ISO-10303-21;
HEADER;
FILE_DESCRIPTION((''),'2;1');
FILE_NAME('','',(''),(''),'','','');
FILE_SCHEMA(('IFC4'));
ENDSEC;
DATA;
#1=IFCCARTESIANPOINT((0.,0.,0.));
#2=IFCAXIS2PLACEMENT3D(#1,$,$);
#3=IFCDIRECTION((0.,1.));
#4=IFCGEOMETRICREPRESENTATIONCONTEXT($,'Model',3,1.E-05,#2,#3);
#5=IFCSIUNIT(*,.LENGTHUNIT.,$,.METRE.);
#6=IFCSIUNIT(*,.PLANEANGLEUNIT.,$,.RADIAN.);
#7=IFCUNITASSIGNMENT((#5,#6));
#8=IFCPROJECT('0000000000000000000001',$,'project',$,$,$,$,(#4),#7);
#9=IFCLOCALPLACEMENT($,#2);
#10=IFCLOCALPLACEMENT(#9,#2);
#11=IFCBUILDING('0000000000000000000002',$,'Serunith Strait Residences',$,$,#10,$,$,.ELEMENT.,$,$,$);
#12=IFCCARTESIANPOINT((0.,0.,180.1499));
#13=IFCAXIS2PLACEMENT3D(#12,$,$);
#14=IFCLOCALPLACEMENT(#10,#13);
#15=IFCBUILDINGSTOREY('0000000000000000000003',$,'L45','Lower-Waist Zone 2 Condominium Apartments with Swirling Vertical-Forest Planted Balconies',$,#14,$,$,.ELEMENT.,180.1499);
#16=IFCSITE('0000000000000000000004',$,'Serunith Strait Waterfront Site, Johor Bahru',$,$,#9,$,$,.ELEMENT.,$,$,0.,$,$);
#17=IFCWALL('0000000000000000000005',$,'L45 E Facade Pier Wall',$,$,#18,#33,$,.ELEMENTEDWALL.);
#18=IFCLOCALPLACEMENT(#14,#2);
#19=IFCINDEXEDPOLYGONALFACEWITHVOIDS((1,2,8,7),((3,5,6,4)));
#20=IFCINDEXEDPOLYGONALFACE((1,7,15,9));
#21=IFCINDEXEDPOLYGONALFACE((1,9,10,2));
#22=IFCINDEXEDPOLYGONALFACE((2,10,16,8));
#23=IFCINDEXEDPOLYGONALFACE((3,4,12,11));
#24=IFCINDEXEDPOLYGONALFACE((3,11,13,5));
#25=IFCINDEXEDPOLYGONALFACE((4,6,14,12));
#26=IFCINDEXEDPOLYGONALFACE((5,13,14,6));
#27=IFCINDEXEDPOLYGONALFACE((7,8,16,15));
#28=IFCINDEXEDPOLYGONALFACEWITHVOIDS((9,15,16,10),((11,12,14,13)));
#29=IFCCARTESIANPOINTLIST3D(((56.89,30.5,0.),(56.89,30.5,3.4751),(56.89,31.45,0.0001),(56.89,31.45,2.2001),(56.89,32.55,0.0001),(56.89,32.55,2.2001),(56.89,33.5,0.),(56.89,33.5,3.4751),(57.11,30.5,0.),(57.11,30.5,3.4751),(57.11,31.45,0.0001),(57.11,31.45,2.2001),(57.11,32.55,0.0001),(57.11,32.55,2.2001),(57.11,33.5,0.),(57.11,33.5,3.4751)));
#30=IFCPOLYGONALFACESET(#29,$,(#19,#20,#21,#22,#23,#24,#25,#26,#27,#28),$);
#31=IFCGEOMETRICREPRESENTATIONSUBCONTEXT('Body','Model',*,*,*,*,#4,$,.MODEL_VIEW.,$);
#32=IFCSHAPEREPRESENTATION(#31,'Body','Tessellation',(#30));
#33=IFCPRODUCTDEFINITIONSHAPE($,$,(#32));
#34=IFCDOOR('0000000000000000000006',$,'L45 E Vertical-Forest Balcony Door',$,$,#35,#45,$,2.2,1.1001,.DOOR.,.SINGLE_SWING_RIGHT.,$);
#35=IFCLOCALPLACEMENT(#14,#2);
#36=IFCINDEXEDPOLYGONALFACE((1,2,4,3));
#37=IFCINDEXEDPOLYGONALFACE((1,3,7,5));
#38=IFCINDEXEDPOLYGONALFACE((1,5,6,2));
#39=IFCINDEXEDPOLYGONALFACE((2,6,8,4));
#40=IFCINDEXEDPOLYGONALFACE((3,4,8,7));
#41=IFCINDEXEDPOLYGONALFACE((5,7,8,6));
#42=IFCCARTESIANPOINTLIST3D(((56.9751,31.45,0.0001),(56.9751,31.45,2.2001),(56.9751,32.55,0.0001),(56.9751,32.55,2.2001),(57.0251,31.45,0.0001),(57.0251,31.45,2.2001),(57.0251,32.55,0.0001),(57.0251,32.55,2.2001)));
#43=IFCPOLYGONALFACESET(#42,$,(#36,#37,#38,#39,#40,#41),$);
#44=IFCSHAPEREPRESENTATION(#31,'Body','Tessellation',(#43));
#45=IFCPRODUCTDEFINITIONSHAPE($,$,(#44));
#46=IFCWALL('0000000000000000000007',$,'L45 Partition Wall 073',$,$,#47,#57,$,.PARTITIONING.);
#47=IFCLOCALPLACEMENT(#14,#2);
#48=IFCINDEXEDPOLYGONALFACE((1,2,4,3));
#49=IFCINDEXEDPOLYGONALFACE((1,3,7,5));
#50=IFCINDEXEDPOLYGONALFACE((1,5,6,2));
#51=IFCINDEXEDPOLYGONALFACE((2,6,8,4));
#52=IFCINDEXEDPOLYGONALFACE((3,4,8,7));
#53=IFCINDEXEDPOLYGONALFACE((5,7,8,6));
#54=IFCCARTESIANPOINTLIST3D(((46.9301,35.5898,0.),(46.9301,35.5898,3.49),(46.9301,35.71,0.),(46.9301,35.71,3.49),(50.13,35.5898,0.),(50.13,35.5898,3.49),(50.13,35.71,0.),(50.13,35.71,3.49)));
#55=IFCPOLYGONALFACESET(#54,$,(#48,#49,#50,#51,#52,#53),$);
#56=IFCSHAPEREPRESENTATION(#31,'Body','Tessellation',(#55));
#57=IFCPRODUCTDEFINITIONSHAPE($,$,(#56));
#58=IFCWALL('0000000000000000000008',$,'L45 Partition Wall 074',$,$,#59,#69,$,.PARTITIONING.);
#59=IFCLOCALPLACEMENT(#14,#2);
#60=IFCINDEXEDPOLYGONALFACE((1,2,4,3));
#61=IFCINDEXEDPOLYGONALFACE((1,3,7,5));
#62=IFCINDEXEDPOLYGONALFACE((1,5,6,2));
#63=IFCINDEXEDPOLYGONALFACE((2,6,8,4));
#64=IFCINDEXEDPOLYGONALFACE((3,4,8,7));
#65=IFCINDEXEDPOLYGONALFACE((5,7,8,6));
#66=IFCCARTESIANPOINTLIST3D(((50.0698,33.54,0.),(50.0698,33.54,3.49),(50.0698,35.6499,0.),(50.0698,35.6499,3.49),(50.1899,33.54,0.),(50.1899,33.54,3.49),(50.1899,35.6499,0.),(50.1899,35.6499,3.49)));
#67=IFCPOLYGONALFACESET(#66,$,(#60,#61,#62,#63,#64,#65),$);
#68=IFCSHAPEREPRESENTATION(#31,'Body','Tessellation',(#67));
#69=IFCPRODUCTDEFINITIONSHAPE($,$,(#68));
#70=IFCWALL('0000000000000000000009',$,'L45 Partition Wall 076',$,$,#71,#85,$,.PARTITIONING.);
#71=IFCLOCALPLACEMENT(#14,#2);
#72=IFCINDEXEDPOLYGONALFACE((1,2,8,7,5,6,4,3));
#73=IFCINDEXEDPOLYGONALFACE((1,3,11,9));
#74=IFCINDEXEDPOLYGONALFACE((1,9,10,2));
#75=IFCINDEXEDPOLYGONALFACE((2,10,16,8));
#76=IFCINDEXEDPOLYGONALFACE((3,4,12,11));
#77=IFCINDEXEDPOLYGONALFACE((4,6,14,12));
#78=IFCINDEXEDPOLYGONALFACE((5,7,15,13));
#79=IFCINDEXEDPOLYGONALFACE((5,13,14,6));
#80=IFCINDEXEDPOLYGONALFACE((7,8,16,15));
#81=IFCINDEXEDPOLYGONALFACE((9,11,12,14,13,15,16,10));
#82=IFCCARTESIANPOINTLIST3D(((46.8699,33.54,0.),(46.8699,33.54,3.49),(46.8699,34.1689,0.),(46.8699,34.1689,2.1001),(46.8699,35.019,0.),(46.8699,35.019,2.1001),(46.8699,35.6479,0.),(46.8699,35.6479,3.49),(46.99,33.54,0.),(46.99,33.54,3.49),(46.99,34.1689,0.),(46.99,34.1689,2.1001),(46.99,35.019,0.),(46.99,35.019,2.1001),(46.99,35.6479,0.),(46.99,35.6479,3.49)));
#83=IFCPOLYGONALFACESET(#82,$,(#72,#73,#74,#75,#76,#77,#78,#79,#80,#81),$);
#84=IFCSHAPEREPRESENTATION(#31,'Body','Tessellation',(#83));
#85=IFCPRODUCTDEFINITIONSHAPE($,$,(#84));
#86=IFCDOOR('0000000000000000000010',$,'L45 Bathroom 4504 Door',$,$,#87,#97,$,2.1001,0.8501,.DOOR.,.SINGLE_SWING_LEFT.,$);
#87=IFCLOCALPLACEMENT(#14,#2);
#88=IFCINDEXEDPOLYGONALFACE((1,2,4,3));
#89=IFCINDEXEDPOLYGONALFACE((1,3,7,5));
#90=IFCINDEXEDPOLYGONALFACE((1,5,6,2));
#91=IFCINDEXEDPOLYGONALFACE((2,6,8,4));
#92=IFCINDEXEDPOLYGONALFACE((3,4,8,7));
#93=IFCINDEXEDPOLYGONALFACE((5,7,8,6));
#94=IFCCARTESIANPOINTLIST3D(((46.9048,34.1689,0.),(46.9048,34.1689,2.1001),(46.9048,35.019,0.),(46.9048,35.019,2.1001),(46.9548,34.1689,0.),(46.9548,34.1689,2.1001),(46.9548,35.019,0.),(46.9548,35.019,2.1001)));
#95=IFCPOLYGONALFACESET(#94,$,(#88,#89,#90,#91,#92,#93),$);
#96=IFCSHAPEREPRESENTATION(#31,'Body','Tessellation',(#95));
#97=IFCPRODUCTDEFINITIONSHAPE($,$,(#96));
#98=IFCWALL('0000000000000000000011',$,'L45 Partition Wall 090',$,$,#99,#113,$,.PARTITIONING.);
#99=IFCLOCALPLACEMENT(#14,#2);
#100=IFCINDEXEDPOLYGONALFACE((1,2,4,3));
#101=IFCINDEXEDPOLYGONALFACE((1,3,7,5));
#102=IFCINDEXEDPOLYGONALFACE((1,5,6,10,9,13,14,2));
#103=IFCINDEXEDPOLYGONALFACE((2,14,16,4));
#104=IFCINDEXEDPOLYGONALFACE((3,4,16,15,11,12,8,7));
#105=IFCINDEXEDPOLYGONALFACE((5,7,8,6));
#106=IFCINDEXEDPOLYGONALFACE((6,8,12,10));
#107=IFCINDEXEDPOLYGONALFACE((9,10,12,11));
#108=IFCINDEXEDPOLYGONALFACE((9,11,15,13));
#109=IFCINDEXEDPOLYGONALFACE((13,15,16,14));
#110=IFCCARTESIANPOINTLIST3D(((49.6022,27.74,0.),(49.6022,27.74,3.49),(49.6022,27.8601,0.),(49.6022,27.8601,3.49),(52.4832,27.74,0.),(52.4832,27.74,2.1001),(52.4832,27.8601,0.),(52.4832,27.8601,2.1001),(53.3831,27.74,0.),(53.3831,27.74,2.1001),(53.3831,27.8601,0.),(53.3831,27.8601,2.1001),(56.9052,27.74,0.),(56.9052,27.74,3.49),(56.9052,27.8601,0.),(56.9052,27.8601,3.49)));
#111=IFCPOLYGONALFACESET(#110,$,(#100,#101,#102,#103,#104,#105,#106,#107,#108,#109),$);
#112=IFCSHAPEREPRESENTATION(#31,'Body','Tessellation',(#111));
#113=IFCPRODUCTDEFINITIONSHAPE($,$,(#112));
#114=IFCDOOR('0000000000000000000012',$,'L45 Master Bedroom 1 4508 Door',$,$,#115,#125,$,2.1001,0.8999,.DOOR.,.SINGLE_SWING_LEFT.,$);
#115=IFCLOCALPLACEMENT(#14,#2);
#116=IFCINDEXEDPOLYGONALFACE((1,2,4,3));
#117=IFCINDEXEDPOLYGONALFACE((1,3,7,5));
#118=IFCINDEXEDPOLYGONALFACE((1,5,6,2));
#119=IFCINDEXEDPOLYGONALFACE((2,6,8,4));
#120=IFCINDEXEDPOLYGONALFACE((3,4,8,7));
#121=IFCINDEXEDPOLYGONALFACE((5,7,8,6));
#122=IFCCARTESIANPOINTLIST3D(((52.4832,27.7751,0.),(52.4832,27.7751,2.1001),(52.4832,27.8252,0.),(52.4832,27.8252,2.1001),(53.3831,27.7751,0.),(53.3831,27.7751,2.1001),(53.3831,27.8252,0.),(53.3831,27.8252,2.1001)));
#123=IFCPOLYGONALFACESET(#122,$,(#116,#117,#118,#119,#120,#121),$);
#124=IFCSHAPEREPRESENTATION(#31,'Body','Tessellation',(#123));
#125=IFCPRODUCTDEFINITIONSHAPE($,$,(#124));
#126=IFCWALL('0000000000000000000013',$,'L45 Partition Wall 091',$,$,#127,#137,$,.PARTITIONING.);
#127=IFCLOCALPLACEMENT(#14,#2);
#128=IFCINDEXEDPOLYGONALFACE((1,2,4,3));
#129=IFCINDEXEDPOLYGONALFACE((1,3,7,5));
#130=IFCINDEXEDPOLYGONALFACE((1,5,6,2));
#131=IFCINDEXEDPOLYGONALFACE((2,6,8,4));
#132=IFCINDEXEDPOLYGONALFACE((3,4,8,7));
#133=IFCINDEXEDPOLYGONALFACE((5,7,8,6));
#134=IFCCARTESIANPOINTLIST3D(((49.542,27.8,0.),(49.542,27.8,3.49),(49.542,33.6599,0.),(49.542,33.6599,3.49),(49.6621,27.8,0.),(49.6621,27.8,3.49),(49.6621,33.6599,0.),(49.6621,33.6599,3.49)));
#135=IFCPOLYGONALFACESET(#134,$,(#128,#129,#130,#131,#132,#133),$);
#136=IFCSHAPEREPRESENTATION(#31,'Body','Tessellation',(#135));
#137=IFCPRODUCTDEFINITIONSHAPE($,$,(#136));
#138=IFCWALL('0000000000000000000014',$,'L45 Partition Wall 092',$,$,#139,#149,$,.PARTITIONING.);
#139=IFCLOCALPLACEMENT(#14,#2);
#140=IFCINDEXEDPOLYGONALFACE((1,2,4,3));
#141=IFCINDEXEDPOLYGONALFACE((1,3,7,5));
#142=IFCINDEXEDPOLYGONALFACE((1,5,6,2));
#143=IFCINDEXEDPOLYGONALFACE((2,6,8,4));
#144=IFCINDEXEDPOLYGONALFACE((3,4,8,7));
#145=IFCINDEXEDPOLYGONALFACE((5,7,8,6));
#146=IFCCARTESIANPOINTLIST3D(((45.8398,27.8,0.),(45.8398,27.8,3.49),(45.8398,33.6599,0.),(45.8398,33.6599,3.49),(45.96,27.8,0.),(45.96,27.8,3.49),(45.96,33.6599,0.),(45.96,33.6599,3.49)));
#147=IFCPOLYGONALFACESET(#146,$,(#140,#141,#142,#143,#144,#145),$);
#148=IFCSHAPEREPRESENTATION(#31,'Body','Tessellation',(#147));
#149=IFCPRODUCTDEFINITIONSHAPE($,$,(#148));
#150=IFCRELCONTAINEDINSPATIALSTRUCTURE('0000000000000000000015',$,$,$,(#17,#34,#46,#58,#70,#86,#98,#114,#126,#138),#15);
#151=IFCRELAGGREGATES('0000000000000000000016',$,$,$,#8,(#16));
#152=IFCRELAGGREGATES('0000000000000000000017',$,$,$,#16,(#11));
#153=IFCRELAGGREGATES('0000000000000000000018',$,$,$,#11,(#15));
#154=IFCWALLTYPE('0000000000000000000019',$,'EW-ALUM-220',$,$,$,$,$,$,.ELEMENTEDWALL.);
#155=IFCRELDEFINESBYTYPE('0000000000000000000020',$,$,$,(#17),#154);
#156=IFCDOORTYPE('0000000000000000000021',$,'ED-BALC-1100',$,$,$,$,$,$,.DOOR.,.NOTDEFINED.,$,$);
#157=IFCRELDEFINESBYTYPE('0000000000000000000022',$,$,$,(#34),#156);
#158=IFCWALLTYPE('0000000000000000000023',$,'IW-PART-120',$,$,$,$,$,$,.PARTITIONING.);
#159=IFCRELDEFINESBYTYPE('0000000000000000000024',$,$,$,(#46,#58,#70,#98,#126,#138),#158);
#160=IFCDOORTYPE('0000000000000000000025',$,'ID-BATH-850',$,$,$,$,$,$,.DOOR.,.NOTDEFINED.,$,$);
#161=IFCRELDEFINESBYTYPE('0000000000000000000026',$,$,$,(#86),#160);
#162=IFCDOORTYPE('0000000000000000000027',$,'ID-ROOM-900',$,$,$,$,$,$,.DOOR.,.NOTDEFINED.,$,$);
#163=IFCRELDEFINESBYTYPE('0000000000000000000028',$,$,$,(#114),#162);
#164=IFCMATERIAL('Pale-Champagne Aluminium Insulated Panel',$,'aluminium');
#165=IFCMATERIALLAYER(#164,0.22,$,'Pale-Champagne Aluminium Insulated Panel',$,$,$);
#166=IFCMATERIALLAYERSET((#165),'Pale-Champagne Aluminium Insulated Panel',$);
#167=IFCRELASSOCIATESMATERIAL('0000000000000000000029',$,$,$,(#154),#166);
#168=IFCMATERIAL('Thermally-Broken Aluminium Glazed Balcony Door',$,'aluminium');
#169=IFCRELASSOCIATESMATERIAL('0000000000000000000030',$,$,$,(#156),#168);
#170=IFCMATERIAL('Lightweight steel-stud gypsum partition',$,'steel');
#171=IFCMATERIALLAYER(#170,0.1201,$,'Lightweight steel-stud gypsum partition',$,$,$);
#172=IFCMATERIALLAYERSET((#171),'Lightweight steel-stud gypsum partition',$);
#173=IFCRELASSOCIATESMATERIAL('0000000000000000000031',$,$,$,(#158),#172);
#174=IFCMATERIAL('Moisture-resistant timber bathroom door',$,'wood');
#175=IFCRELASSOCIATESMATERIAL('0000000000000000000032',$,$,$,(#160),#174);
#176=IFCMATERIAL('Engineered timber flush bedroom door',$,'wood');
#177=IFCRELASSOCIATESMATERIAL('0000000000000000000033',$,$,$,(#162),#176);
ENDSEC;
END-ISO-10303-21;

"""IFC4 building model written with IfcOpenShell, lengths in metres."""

from ifc_helpers import new_model, si_unit, direction, frame, frame_2d, origin, place, context, subcontext, project, spatial, rectangle, extrude, source, transform, mapped, material, layer, layer_set, type_object, element, fill, save


model = new_model("IFC4")

# Units and contexts
model_context = context("Model", 3, precision=1e-05, world=origin(), true_north=direction((0.0, 1.0)))
body_context = subcontext(model_context, "Body", "Model", "MODEL_VIEW")
ifc_project = project(units=[si_unit("LENGTHUNIT", "METRE"), si_unit("PLANEANGLEUNIT", "RADIAN")], contexts=[model_context])

# Site, building, storey
site_placement = place(None, origin())
site = spatial("IfcSite", under=ifc_project, at=site_placement, Name="Serunith Strait Waterfront Site, Johor Bahru", CompositionType="ELEMENT", RefElevation=0.0)
building_placement = place(site_placement, origin())
building = spatial("IfcBuilding", under=site, at=building_placement, Name="Serunith Strait Residences", CompositionType="ELEMENT")
storey_placement = place(building_placement, frame((0.0, 0.0, 180.1499)))
storey = spatial("IfcBuildingStorey", under=building, at=storey_placement, Name="L45", Description="Lower-Waist Zone 2 Condominium Apartments with Swirling Vertical-Forest Planted Balconies", CompositionType="ELEMENT", Elevation=180.1499)

# Wall, opening, door
ifc_material_1 = material(Name="Pale-Champagne Aluminium Insulated Panel", Category="aluminium")
ifc_layer_1 = layer(ifc_material_1, 0.22, Name="Pale-Champagne Aluminium Insulated Panel")
ifc_layer_set_1 = layer_set([ifc_layer_1], Name="Pale-Champagne Aluminium Insulated Panel")
wall_type_1 = type_object("IfcWallType", Name="EW-ALUM-220", PredefinedType="ELEMENTEDWALL", material=ifc_layer_set_1)
wall_1_placement = place(storey_placement, frame((57.0, 30.5, 0.0), z_axis=(0.0, 0.0, 1.0), x_axis=(0.0, 1.0, 0.0)))
wall_1 = element("IfcWall", 1, at=wall_1_placement, inside=storey, type_object=wall_type_1, Name="L45 E Facade Pier Wall", PredefinedType="ELEMENTEDWALL", context=body_context, shape_type="SweptSolid", body=[
    extrude(rectangle(XDim=3.0, YDim=0.22, at=frame_2d((1.5, 0.0))), origin(), (0.0, 0.0, 1.0), 3.4751),
])
opening_1_placement = place(wall_1_placement, frame((0.95, 0.0, 0.0)))
opening_1 = element("IfcOpeningElement", 2, at=opening_1_placement, cuts=wall_1, PredefinedType="OPENING", context=body_context, shape_type="SweptSolid", body=[
    extrude(rectangle(XDim=1.1001, YDim=2.2, at=frame_2d((0.55, 1.1001))), frame((0.0, 0.1201, 0.0), z_axis=(0.0, -1.0, 0.0), x_axis=(1.0, 0.0, 0.0)), (0.0, 0.0, 1.0), 0.24),
])
ifc_material_2 = material(Name="Thermally-Broken Aluminium Glazed Balcony Door", Category="aluminium")
door_type_1 = type_object("IfcDoorType", Name="ED-BALC-1100", OperationType="NOTDEFINED", PredefinedType="DOOR", material=ifc_material_2)
shared_shape_1 = source(origin(), body_context, "Body", "SweptSolid", [
    extrude(rectangle(XDim=1.1001, YDim=2.2, at=frame_2d((0.55, 1.1001))), frame((0.0, 0.0249, 0.0), z_axis=(0.0, -1.0, 0.0), x_axis=(1.0, 0.0, 0.0)), (0.0, 0.0, 1.0), 0.05),
])
door_1_placement = place(opening_1_placement, origin())
door_1 = element("IfcDoor", 3, at=door_1_placement, inside=storey, type_object=door_type_1, Name="L45 E Vertical-Forest Balcony Door", OperationType="SINGLE_SWING_RIGHT", OverallHeight=2.2, OverallWidth=1.1001, PredefinedType="DOOR", context=body_context, shape_type="MappedRepresentation", body=[
    mapped(shared_shape_1, transform((0.0, 0.0, 0.0), scale=1.0)),
])
fill(opening_1, door_1)

# Walls
ifc_material_3 = material(Name="Lightweight steel-stud gypsum partition", Category="steel")
ifc_layer_2 = layer(ifc_material_3, 0.1201, Name="Lightweight steel-stud gypsum partition")
ifc_layer_set_2 = layer_set([ifc_layer_2], Name="Lightweight steel-stud gypsum partition")
wall_type_2 = type_object("IfcWallType", Name="IW-PART-120", PredefinedType="PARTITIONING", material=ifc_layer_set_2)
wall_2_placement = place(storey_placement, frame((46.9299, 35.6499, 0.0), z_axis=(0.0, 0.0, 1.0), x_axis=(1.0, 0.0, 0.0)))
element("IfcWall", 4, at=wall_2_placement, inside=storey, type_object=wall_type_2, Name="L45 Partition Wall 073", PredefinedType="PARTITIONING", context=body_context, shape_type="SweptSolid", body=[
    extrude(rectangle(XDim=3.2, YDim=0.1201, at=frame_2d((1.6001, 0.0))), origin(), (0.0, 0.0, 1.0), 3.49),
])
wall_3_placement = place(storey_placement, frame((50.1299, 35.6499, 0.0), z_axis=(0.0, 0.0, 1.0), x_axis=(0.0, -1.0, 0.0)))
element("IfcWall", 5, at=wall_3_placement, inside=storey, type_object=wall_type_2, Name="L45 Partition Wall 074", PredefinedType="PARTITIONING", context=body_context, shape_type="SweptSolid", body=[
    extrude(rectangle(XDim=2.1099, YDim=0.1201, at=frame_2d((1.0549, 0.0))), origin(), (0.0, 0.0, 1.0), 3.49),
])

# Walls, openings, doors
wall_4_placement = place(storey_placement, frame((46.9299, 35.6479, 0.0), z_axis=(0.0, 0.0, 1.0), x_axis=(0.0, -1.0, 0.0)))
wall_4 = element("IfcWall", 6, at=wall_4_placement, inside=storey, type_object=wall_type_2, Name="L45 Partition Wall 076", PredefinedType="PARTITIONING", context=body_context, shape_type="SweptSolid", body=[
    extrude(rectangle(XDim=2.1079, YDim=0.1201, at=frame_2d((1.054, 0.0))), origin(), (0.0, 0.0, 1.0), 3.49),
])
opening_2_placement = place(wall_4_placement, frame((0.6289, 0.0, 0.0)))
opening_2 = element("IfcOpeningElement", 7, at=opening_2_placement, cuts=wall_4, PredefinedType="OPENING", context=body_context, shape_type="SweptSolid", body=[
    extrude(rectangle(XDim=0.8501, YDim=2.1001, at=frame_2d((0.425, 1.05))), frame((0.0, 0.0701, 0.0), z_axis=(0.0, -1.0, 0.0), x_axis=(1.0, 0.0, 0.0)), (0.0, 0.0, 1.0), 0.1401),
])
ifc_material_4 = material(Name="Moisture-resistant timber bathroom door", Category="wood")
door_type_2 = type_object("IfcDoorType", Name="ID-BATH-850", OperationType="NOTDEFINED", PredefinedType="DOOR", material=ifc_material_4)
shared_shape_2 = source(origin(), body_context, "Body", "SweptSolid", [
    extrude(rectangle(XDim=0.8501, YDim=2.1001, at=frame_2d((0.425, 1.05))), frame((0.0, 0.0249, 0.0), z_axis=(0.0, -1.0, 0.0), x_axis=(1.0, 0.0, 0.0)), (0.0, 0.0, 1.0), 0.05),
])
door_2_placement = place(opening_2_placement, origin())
door_2 = element("IfcDoor", 8, at=door_2_placement, inside=storey, type_object=door_type_2, Name="L45 Bathroom 4504 Door", OperationType="SINGLE_SWING_LEFT", OverallHeight=2.1001, OverallWidth=0.8501, PredefinedType="DOOR", context=body_context, shape_type="MappedRepresentation", body=[
    mapped(shared_shape_2, transform((0.0, 0.0, 0.0), scale=1.0)),
])
fill(opening_2, door_2)
wall_5_placement = place(storey_placement, frame((56.905, 27.8, 0.0), z_axis=(0.0, 0.0, 1.0), x_axis=(-1.0, 0.0, 0.0)))
wall_5 = element("IfcWall", 9, at=wall_5_placement, inside=storey, type_object=wall_type_2, Name="L45 Partition Wall 090", PredefinedType="PARTITIONING", context=body_context, shape_type="SweptSolid", body=[
    extrude(rectangle(XDim=7.303, YDim=0.1201, at=frame_2d((3.6514, 0.0))), origin(), (0.0, 0.0, 1.0), 3.49),
])
opening_3_placement = place(wall_5_placement, frame((3.522, 0.0, 0.0)))
opening_3 = element("IfcOpeningElement", 10, at=opening_3_placement, cuts=wall_5, PredefinedType="OPENING", context=body_context, shape_type="SweptSolid", body=[
    extrude(rectangle(XDim=0.8999, YDim=2.1001, at=frame_2d((0.45, 1.05))), frame((0.0, 0.0701, 0.0), z_axis=(0.0, -1.0, 0.0), x_axis=(1.0, 0.0, 0.0)), (0.0, 0.0, 1.0), 0.1401),
])
ifc_material_5 = material(Name="Engineered timber flush bedroom door", Category="wood")
door_type_3 = type_object("IfcDoorType", Name="ID-ROOM-900", OperationType="NOTDEFINED", PredefinedType="DOOR", material=ifc_material_5)
shared_shape_3 = source(origin(), body_context, "Body", "SweptSolid", [
    extrude(rectangle(XDim=0.8999, YDim=2.1001, at=frame_2d((0.45, 1.05))), frame((0.0, 0.0249, 0.0), z_axis=(0.0, -1.0, 0.0), x_axis=(1.0, 0.0, 0.0)), (0.0, 0.0, 1.0), 0.05),
])
door_3_placement = place(opening_3_placement, origin())
door_3 = element("IfcDoor", 11, at=door_3_placement, inside=storey, type_object=door_type_3, Name="L45 Master Bedroom 1 4508 Door", OperationType="SINGLE_SWING_LEFT", OverallHeight=2.1001, OverallWidth=0.8999, PredefinedType="DOOR", context=body_context, shape_type="MappedRepresentation", body=[
    mapped(shared_shape_3, transform((0.0, 0.0, 0.0), scale=1.0)),
])
fill(opening_3, door_3)

# Walls
for number, where, z_axis, x_axis, name in (
    (12, (49.6021, 27.8, 0.0), (0.0, 0.0, 1.0), (0.0, 1.0, 0.0), "L45 Partition Wall 091"),
    (13, (45.8999, 27.8, 0.0), (0.0, 0.0, 1.0), (0.0, 1.0, 0.0), "L45 Partition Wall 092"),
):
    element("IfcWall", number, at=place(storey_placement, frame(where, z_axis=z_axis, x_axis=x_axis)), inside=storey, type_object=wall_type_2, Name=name, PredefinedType="PARTITIONING", context=body_context, shape_type="SweptSolid", body=[
        extrude(rectangle(XDim=5.8599, YDim=0.1201, at=frame_2d((2.9299, 0.0))), origin(), (0.0, 0.0, 1.0), 3.49),
    ])

save(model, "model.ifc")
